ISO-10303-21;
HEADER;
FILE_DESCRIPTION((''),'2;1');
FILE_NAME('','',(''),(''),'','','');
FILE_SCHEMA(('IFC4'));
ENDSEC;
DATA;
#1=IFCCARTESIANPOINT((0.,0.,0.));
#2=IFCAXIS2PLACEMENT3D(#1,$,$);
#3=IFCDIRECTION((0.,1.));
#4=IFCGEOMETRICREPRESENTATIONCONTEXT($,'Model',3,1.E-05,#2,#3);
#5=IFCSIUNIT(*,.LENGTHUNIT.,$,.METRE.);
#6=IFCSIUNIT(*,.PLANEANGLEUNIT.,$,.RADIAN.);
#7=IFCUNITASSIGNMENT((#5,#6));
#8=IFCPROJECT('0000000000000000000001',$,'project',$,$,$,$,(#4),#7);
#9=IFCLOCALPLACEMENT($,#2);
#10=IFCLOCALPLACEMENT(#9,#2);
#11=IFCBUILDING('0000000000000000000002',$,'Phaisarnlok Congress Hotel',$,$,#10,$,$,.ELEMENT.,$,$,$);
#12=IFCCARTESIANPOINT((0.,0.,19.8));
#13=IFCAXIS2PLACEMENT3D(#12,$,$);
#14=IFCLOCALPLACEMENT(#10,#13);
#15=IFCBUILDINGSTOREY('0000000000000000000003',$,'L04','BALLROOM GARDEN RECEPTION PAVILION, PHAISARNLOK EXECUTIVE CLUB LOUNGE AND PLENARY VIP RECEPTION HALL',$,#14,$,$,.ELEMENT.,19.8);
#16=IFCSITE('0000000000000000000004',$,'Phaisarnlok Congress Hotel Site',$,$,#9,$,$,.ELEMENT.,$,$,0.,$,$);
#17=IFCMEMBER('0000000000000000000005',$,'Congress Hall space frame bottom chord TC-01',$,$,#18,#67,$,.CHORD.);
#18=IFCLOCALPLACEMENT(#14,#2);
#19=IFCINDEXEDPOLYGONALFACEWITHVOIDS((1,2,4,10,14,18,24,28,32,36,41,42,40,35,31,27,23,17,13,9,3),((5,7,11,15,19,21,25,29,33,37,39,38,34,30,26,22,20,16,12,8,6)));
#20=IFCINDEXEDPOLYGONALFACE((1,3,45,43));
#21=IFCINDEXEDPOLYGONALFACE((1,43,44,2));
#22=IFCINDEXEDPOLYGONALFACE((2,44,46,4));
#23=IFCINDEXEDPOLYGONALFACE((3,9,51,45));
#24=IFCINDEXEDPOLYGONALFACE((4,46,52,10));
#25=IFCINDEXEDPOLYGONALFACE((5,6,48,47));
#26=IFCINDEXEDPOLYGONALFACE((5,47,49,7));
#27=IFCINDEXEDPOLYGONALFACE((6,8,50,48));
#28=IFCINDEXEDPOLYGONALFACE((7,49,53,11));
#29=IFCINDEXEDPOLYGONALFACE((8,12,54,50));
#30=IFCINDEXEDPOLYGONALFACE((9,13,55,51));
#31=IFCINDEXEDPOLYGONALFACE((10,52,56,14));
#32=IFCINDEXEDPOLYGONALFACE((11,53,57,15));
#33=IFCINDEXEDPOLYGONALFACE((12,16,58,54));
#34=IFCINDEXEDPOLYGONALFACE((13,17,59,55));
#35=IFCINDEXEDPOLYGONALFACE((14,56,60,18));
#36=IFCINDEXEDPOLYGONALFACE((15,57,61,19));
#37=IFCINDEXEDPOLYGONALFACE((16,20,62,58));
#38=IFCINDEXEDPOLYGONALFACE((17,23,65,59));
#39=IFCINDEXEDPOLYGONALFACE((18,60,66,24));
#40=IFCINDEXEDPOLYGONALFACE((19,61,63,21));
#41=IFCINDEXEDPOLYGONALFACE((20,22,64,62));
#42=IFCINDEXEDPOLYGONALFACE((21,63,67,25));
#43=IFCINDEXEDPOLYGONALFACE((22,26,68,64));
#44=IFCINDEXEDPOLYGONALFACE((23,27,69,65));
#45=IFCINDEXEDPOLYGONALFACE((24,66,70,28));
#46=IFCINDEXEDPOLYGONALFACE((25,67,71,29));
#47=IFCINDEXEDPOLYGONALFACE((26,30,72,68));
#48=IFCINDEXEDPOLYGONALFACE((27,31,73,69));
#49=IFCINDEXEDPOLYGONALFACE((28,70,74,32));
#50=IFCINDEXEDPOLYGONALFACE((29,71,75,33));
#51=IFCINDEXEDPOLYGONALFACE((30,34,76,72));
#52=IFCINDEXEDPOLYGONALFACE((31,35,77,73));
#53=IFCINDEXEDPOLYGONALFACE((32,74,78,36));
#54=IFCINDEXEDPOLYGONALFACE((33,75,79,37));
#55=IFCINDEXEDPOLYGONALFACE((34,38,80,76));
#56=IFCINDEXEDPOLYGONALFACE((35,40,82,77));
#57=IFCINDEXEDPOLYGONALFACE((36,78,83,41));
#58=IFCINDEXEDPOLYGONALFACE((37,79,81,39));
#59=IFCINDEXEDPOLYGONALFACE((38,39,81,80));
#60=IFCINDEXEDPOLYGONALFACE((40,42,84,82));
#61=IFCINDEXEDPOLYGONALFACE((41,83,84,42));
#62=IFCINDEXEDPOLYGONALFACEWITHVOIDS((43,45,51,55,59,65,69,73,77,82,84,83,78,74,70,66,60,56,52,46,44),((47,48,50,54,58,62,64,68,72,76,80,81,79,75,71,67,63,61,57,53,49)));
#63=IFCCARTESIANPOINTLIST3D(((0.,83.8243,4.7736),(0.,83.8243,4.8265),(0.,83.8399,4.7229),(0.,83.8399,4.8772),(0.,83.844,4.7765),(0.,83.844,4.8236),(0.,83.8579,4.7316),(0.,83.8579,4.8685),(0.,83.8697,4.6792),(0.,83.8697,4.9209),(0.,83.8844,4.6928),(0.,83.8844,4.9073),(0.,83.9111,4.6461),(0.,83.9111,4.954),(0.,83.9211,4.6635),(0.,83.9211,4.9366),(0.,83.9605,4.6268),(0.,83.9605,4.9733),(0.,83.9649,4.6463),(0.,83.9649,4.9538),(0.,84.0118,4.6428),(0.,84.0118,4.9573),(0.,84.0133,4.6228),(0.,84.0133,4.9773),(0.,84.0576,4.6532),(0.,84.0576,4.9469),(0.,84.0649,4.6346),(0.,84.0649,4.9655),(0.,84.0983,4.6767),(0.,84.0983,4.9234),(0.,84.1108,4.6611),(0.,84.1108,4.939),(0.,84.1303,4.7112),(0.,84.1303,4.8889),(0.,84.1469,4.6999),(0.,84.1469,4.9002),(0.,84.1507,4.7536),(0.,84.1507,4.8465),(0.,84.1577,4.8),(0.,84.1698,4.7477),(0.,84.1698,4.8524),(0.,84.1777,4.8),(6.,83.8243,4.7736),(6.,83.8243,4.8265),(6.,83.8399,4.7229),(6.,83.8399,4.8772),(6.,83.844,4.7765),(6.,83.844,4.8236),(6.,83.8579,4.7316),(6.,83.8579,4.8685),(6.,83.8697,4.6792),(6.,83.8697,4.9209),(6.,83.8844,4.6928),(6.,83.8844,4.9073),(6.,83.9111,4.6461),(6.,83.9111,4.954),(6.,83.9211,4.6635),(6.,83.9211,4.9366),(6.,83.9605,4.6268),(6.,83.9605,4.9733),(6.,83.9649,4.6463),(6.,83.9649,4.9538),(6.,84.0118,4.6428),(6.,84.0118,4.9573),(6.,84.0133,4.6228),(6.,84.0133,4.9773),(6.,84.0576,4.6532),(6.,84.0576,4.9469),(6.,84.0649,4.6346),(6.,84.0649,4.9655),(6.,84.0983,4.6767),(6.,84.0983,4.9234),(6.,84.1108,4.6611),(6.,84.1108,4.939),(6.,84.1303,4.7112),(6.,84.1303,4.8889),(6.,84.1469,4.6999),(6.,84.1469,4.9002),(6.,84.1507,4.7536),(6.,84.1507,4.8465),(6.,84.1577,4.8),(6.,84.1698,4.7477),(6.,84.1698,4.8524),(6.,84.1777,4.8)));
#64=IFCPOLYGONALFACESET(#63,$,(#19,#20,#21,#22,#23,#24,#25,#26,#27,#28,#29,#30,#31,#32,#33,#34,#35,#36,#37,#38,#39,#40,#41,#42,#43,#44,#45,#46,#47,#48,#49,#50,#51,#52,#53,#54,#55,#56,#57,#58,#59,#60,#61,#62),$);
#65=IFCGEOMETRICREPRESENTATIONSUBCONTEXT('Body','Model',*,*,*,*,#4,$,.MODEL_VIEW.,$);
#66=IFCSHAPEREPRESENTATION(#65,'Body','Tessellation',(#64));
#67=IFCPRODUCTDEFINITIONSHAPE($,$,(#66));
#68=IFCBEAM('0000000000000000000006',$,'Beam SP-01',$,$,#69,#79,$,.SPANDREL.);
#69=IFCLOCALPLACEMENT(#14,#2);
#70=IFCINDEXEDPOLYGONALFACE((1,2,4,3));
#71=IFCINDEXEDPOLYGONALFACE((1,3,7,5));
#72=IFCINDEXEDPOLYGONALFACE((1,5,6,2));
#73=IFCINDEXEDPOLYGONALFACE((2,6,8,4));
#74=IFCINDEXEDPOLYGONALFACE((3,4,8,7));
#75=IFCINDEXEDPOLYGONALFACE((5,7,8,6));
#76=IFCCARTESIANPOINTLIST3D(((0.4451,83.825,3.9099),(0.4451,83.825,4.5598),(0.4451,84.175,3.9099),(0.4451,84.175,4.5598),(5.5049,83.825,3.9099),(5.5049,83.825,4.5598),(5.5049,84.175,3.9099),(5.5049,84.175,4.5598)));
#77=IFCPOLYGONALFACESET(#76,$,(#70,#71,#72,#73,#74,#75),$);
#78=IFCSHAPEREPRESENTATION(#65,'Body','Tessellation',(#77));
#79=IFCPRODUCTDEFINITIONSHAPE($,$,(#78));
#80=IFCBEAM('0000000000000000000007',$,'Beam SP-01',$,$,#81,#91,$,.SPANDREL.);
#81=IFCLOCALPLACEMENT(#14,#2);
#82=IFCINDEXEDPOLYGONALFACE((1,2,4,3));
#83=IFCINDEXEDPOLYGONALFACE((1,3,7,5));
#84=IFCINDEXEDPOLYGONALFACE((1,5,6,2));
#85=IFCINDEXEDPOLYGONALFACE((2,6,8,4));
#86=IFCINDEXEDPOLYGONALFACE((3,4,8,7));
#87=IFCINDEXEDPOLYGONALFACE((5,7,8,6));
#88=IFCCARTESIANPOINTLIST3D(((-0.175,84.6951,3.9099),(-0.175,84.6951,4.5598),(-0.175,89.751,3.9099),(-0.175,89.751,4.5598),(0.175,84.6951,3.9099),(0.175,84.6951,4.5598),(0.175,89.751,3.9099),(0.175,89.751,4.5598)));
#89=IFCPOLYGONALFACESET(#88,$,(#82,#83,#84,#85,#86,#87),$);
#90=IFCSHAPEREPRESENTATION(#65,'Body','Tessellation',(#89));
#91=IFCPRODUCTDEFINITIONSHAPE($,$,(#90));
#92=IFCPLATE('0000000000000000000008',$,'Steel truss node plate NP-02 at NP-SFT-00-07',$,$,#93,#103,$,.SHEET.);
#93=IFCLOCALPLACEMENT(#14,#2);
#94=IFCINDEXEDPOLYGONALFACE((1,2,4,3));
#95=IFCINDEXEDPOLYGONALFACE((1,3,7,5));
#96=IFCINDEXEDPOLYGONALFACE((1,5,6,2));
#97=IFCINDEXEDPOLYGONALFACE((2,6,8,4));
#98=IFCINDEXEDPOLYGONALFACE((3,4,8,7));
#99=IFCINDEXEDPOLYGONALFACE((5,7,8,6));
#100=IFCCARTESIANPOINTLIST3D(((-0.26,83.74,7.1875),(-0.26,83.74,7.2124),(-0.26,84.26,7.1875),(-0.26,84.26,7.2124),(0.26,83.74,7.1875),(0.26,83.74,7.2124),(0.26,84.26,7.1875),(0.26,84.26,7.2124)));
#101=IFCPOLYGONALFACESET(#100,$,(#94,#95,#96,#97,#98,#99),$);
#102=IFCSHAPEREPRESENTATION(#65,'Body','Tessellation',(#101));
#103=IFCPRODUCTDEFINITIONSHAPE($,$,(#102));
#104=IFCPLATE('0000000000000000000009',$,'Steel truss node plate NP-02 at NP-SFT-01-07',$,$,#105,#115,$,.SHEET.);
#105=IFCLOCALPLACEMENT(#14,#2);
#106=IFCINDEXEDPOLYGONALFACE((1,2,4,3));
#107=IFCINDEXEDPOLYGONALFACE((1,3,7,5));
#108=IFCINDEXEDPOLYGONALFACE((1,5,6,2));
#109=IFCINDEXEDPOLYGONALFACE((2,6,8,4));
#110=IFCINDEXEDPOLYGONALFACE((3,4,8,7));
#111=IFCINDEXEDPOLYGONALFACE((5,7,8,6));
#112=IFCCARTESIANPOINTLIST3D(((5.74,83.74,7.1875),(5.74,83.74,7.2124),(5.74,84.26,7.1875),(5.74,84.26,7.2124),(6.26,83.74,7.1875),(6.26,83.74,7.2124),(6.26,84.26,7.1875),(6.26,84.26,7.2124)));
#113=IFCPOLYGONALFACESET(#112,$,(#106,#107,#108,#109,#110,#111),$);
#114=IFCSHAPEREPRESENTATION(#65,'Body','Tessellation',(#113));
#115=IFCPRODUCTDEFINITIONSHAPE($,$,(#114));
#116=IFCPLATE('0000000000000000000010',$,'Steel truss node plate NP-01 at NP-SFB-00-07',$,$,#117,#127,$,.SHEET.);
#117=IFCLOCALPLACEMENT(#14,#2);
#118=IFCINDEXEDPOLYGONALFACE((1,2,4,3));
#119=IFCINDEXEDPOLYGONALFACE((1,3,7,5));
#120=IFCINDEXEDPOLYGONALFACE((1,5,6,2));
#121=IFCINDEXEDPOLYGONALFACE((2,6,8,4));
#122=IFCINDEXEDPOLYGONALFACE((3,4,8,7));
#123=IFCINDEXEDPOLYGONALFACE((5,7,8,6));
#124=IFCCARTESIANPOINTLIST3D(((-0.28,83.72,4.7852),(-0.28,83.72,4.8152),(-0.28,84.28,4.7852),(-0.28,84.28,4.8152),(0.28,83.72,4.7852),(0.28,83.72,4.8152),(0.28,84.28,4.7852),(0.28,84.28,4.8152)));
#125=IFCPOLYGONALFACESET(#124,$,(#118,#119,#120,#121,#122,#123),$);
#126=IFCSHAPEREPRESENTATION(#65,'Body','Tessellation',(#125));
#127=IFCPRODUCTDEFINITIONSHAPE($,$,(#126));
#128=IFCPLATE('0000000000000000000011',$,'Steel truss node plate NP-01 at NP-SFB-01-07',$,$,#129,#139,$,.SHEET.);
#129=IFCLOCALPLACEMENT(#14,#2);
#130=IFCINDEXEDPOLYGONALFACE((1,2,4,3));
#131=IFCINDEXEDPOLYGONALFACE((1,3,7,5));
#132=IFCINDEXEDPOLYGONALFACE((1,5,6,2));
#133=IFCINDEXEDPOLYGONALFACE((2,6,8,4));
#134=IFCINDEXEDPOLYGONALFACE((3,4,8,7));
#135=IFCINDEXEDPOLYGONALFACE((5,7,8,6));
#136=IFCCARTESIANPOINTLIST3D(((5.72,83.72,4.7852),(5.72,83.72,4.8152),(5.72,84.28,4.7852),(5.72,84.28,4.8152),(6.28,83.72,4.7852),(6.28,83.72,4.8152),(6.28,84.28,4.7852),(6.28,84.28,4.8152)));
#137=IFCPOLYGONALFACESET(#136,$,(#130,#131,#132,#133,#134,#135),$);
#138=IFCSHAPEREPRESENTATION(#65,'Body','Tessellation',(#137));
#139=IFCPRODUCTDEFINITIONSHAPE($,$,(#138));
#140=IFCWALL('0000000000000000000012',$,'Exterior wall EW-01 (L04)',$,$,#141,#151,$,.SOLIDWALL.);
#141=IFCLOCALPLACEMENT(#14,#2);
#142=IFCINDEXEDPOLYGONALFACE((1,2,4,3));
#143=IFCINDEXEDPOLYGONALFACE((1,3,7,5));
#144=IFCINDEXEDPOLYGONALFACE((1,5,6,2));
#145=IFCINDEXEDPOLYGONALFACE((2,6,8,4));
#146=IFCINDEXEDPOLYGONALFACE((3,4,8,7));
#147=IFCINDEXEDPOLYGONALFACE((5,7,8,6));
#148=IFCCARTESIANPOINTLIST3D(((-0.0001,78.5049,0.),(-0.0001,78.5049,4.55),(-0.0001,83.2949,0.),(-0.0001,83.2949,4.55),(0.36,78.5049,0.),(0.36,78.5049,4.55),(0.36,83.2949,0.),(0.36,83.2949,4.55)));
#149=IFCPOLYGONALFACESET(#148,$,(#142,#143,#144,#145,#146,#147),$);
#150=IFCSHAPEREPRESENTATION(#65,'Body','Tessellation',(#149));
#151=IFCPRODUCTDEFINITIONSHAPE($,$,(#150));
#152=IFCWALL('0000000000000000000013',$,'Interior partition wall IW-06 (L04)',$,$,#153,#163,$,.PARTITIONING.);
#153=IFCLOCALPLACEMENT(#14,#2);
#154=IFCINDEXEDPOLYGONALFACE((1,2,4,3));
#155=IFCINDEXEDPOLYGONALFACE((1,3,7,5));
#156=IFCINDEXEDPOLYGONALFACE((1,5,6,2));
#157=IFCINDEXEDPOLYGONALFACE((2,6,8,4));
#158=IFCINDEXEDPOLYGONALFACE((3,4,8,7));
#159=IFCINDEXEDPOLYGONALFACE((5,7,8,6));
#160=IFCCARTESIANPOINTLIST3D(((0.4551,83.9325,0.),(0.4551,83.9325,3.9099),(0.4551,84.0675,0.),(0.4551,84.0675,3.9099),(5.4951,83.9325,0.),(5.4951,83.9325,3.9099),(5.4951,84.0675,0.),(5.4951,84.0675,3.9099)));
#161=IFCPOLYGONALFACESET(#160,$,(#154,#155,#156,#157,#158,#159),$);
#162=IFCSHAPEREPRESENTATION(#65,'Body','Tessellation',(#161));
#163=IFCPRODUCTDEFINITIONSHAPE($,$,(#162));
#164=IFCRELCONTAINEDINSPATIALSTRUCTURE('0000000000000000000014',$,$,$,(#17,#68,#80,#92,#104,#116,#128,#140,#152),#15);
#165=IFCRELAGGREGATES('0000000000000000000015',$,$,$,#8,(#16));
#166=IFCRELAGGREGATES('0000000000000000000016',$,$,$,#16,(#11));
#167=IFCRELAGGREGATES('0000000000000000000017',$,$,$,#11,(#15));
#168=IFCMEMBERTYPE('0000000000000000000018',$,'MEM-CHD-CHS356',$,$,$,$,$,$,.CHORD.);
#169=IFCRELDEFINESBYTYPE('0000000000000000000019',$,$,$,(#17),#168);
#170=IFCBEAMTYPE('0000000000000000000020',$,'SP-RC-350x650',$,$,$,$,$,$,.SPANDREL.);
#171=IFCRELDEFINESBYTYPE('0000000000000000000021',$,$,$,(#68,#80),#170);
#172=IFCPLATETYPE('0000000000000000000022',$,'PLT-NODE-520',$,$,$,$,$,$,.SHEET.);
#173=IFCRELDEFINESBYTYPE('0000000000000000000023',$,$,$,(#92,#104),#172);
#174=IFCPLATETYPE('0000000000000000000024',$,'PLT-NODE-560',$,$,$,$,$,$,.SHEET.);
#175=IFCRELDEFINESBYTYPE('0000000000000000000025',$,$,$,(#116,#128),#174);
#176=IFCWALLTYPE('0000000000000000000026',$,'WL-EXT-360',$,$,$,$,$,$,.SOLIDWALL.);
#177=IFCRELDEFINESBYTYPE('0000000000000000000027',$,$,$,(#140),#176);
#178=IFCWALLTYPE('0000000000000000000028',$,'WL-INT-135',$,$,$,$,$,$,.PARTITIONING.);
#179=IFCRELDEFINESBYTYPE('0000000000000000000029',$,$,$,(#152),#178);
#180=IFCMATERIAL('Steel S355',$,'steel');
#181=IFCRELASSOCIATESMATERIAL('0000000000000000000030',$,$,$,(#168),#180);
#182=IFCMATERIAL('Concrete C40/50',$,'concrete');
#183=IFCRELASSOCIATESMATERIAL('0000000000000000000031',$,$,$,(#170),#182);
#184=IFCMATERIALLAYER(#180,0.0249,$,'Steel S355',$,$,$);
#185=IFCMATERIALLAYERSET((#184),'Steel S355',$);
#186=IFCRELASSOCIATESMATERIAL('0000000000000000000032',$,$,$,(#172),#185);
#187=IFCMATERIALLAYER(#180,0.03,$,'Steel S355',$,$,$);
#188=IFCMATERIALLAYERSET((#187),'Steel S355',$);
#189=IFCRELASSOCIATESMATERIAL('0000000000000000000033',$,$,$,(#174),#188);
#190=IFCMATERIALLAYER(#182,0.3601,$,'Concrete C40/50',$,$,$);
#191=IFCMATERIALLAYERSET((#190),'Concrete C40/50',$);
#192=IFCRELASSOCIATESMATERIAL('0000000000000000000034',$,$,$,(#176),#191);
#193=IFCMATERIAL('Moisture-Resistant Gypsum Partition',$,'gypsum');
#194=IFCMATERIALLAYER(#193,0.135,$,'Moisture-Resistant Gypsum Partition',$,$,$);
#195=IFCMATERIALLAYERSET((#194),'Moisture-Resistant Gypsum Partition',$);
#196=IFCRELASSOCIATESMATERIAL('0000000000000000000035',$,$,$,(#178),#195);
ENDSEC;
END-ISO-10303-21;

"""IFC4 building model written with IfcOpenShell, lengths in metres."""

from ifc_helpers import new_model, si_unit, direction, frame, frame_2d, origin, origin_2d, place, context, subcontext, project, spatial, rectangle, hollow_circle, extrude, material, layer, layer_set, material_profile, profile_set, type_object, element, save


model = new_model("IFC4")

# Units and contexts
model_context = context("Model", 3, precision=1e-05, world=origin(), true_north=direction((0.0, 1.0)))
body_context = subcontext(model_context, "Body", "Model", "MODEL_VIEW")
ifc_project = project(units=[si_unit("LENGTHUNIT", "METRE"), si_unit("PLANEANGLEUNIT", "RADIAN")], contexts=[model_context])

# Site, building, storey
site_placement = place(None, origin())
site = spatial("IfcSite", under=ifc_project, at=site_placement, Name="Phaisarnlok Congress Hotel Site", CompositionType="ELEMENT", RefElevation=0.0)
building_placement = place(site_placement, origin())
building = spatial("IfcBuilding", under=site, at=building_placement, Name="Phaisarnlok Congress Hotel", CompositionType="ELEMENT")
storey_placement = place(building_placement, frame((0.0, 0.0, 19.8)))
storey = spatial("IfcBuildingStorey", under=building, at=storey_placement, Name="L04", Description="BALLROOM GARDEN RECEPTION PAVILION, PHAISARNLOK EXECUTIVE CLUB LOUNGE AND PLENARY VIP RECEPTION HALL", CompositionType="ELEMENT", Elevation=19.8)

# Member
ifc_material_1 = material(Name="Steel S355", Category="steel")
ifc_material_profile_1 = material_profile(ifc_material_1, hollow_circle(Radius=0.1777, WallThickness=0.02, at=origin_2d()), Name="CHS 355.6x20")
ifc_profile_set_1 = profile_set([ifc_material_profile_1], Name="Steel S355")
member_type_1 = type_object("IfcMemberType", Name="MEM-CHD-CHS356", PredefinedType="CHORD", material=ifc_profile_set_1)
member_1_placement = place(storey_placement, frame((0.0, 84.0, 4.8), z_axis=(1.0, 0.0, 0.0), x_axis=(0.0, 1.0, 0.0)))
element("IfcMember", 1, at=member_1_placement, inside=storey, type_object=member_type_1, Name="Congress Hall space frame bottom chord TC-01", PredefinedType="CHORD", context=body_context, shape_type="SweptSolid", body=[
    extrude(hollow_circle(Radius=0.1777, WallThickness=0.02, at=origin_2d()), origin(), (0.0, 0.0, 1.0), 6.0),
])

# Beams
ifc_material_2 = material(Name="Concrete C40/50", Category="concrete")
ifc_material_profile_2 = material_profile(ifc_material_2, rectangle(XDim=0.3501, YDim=0.6499, at=origin_2d()), Name="RC 350x650")
ifc_profile_set_2 = profile_set([ifc_material_profile_2], Name="Concrete C40/50")
beam_type = type_object("IfcBeamType", Name="SP-RC-350x650", PredefinedType="SPANDREL", material=ifc_profile_set_2)
beam_1_placement = place(storey_placement, frame((0.4451, 84.0, 4.2349), z_axis=(1.0, 0.0, 0.0), x_axis=(0.0, 1.0, 0.0)))
element("IfcBeam", 2, at=beam_1_placement, inside=storey, type_object=beam_type, Name="Beam SP-01", PredefinedType="SPANDREL", context=body_context, shape_type="SweptSolid", body=[
    extrude(rectangle(XDim=0.3501, YDim=0.6499, at=origin_2d()), origin(), (0.0, 0.0, 1.0), 5.0598),
])
beam_2_placement = place(storey_placement, frame((0.0, 84.6951, 4.2349), z_axis=(0.0, 1.0, 0.0), x_axis=(-1.0, 0.0, 0.0)))
element("IfcBeam", 3, at=beam_2_placement, inside=storey, type_object=beam_type, Name="Beam SP-01", PredefinedType="SPANDREL", context=body_context, shape_type="SweptSolid", body=[
    extrude(rectangle(XDim=0.3501, YDim=0.6499, at=origin_2d()), origin(), (0.0, 0.0, 1.0), 5.0559),
])

# Plates
ifc_layer_1 = layer(ifc_material_1, 0.0249, Name="Steel S355")
ifc_layer_set_1 = layer_set([ifc_layer_1], Name="Steel S355")
plate_type_1 = type_object("IfcPlateType", Name="PLT-NODE-520", PredefinedType="SHEET", material=ifc_layer_set_1)
for number, where, z_axis, x_axis, name in (
    (4, (0.0, 84.0, 7.1875), (0.0, 0.0, 1.0), (1.0, 0.0, 0.0), "Steel truss node plate NP-02 at NP-SFT-00-07"),
    (5, (6.0, 84.0, 7.1875), (0.0, 0.0, 1.0), (1.0, 0.0, 0.0), "Steel truss node plate NP-02 at NP-SFT-01-07"),
):
    element("IfcPlate", number, at=place(storey_placement, frame(where, z_axis=z_axis, x_axis=x_axis)), inside=storey, type_object=plate_type_1, Name=name, PredefinedType="SHEET", context=body_context, shape_type="SweptSolid", body=[
        extrude(rectangle(XDim=0.52, YDim=0.52, at=origin_2d()), origin(), (0.0, 0.0, 1.0), 0.0249),
    ])
ifc_layer_2 = layer(ifc_material_1, 0.03, Name="Steel S355")
ifc_layer_set_2 = layer_set([ifc_layer_2], Name="Steel S355")
plate_type_2 = type_object("IfcPlateType", Name="PLT-NODE-560", PredefinedType="SHEET", material=ifc_layer_set_2)
for number, where, z_axis, x_axis, name in (
    (6, (0.0, 84.0, 4.7852), (0.0, 0.0, 1.0), (1.0, 0.0, 0.0), "Steel truss node plate NP-01 at NP-SFB-00-07"),
    (7, (6.0, 84.0, 4.7852), (0.0, 0.0, 1.0), (1.0, 0.0, 0.0), "Steel truss node plate NP-01 at NP-SFB-01-07"),
):
    element("IfcPlate", number, at=place(storey_placement, frame(where, z_axis=z_axis, x_axis=x_axis)), inside=storey, type_object=plate_type_2, Name=name, PredefinedType="SHEET", context=body_context, shape_type="SweptSolid", body=[
        extrude(rectangle(XDim=0.5601, YDim=0.5601, at=origin_2d()), origin(), (0.0, 0.0, 1.0), 0.03),
    ])

# Walls
ifc_layer_3 = layer(ifc_material_2, 0.3601, Name="Concrete C40/50")
ifc_layer_set_3 = layer_set([ifc_layer_3], Name="Concrete C40/50")
wall_type_1 = type_object("IfcWallType", Name="WL-EXT-360", PredefinedType="SOLIDWALL", material=ifc_layer_set_3)
wall_1_placement = place(storey_placement, frame((0.1799, 83.2949, 0.0), z_axis=(0.0, 0.0, 1.0), x_axis=(0.0, -1.0, 0.0)))
element("IfcWall", 8, at=wall_1_placement, inside=storey, type_object=wall_type_1, Name="Exterior wall EW-01 (L04)", PredefinedType="SOLIDWALL", context=body_context, shape_type="SweptSolid", body=[
    extrude(rectangle(XDim=4.79, YDim=0.3601, at=frame_2d((2.395, 0.0))), origin(), (0.0, 0.0, 1.0), 4.55),
])
ifc_material_3 = material(Name="Moisture-Resistant Gypsum Partition", Category="gypsum")
ifc_layer_4 = layer(ifc_material_3, 0.135, Name="Moisture-Resistant Gypsum Partition")
ifc_layer_set_4 = layer_set([ifc_layer_4], Name="Moisture-Resistant Gypsum Partition")
wall_type_2 = type_object("IfcWallType", Name="WL-INT-135", PredefinedType="PARTITIONING", material=ifc_layer_set_4)
wall_2_placement = place(storey_placement, frame((0.4551, 84.0, 0.0), z_axis=(0.0, 0.0, 1.0), x_axis=(1.0, 0.0, 0.0)))
element("IfcWall", 9, at=wall_2_placement, inside=storey, type_object=wall_type_2, Name="Interior partition wall IW-06 (L04)", PredefinedType="PARTITIONING", context=body_context, shape_type="SweptSolid", body=[
    extrude(rectangle(XDim=5.04, YDim=0.135, at=frame_2d((2.52, 0.0))), origin(), (0.0, 0.0, 1.0), 3.9099),
])

save(model, "model.ifc")
